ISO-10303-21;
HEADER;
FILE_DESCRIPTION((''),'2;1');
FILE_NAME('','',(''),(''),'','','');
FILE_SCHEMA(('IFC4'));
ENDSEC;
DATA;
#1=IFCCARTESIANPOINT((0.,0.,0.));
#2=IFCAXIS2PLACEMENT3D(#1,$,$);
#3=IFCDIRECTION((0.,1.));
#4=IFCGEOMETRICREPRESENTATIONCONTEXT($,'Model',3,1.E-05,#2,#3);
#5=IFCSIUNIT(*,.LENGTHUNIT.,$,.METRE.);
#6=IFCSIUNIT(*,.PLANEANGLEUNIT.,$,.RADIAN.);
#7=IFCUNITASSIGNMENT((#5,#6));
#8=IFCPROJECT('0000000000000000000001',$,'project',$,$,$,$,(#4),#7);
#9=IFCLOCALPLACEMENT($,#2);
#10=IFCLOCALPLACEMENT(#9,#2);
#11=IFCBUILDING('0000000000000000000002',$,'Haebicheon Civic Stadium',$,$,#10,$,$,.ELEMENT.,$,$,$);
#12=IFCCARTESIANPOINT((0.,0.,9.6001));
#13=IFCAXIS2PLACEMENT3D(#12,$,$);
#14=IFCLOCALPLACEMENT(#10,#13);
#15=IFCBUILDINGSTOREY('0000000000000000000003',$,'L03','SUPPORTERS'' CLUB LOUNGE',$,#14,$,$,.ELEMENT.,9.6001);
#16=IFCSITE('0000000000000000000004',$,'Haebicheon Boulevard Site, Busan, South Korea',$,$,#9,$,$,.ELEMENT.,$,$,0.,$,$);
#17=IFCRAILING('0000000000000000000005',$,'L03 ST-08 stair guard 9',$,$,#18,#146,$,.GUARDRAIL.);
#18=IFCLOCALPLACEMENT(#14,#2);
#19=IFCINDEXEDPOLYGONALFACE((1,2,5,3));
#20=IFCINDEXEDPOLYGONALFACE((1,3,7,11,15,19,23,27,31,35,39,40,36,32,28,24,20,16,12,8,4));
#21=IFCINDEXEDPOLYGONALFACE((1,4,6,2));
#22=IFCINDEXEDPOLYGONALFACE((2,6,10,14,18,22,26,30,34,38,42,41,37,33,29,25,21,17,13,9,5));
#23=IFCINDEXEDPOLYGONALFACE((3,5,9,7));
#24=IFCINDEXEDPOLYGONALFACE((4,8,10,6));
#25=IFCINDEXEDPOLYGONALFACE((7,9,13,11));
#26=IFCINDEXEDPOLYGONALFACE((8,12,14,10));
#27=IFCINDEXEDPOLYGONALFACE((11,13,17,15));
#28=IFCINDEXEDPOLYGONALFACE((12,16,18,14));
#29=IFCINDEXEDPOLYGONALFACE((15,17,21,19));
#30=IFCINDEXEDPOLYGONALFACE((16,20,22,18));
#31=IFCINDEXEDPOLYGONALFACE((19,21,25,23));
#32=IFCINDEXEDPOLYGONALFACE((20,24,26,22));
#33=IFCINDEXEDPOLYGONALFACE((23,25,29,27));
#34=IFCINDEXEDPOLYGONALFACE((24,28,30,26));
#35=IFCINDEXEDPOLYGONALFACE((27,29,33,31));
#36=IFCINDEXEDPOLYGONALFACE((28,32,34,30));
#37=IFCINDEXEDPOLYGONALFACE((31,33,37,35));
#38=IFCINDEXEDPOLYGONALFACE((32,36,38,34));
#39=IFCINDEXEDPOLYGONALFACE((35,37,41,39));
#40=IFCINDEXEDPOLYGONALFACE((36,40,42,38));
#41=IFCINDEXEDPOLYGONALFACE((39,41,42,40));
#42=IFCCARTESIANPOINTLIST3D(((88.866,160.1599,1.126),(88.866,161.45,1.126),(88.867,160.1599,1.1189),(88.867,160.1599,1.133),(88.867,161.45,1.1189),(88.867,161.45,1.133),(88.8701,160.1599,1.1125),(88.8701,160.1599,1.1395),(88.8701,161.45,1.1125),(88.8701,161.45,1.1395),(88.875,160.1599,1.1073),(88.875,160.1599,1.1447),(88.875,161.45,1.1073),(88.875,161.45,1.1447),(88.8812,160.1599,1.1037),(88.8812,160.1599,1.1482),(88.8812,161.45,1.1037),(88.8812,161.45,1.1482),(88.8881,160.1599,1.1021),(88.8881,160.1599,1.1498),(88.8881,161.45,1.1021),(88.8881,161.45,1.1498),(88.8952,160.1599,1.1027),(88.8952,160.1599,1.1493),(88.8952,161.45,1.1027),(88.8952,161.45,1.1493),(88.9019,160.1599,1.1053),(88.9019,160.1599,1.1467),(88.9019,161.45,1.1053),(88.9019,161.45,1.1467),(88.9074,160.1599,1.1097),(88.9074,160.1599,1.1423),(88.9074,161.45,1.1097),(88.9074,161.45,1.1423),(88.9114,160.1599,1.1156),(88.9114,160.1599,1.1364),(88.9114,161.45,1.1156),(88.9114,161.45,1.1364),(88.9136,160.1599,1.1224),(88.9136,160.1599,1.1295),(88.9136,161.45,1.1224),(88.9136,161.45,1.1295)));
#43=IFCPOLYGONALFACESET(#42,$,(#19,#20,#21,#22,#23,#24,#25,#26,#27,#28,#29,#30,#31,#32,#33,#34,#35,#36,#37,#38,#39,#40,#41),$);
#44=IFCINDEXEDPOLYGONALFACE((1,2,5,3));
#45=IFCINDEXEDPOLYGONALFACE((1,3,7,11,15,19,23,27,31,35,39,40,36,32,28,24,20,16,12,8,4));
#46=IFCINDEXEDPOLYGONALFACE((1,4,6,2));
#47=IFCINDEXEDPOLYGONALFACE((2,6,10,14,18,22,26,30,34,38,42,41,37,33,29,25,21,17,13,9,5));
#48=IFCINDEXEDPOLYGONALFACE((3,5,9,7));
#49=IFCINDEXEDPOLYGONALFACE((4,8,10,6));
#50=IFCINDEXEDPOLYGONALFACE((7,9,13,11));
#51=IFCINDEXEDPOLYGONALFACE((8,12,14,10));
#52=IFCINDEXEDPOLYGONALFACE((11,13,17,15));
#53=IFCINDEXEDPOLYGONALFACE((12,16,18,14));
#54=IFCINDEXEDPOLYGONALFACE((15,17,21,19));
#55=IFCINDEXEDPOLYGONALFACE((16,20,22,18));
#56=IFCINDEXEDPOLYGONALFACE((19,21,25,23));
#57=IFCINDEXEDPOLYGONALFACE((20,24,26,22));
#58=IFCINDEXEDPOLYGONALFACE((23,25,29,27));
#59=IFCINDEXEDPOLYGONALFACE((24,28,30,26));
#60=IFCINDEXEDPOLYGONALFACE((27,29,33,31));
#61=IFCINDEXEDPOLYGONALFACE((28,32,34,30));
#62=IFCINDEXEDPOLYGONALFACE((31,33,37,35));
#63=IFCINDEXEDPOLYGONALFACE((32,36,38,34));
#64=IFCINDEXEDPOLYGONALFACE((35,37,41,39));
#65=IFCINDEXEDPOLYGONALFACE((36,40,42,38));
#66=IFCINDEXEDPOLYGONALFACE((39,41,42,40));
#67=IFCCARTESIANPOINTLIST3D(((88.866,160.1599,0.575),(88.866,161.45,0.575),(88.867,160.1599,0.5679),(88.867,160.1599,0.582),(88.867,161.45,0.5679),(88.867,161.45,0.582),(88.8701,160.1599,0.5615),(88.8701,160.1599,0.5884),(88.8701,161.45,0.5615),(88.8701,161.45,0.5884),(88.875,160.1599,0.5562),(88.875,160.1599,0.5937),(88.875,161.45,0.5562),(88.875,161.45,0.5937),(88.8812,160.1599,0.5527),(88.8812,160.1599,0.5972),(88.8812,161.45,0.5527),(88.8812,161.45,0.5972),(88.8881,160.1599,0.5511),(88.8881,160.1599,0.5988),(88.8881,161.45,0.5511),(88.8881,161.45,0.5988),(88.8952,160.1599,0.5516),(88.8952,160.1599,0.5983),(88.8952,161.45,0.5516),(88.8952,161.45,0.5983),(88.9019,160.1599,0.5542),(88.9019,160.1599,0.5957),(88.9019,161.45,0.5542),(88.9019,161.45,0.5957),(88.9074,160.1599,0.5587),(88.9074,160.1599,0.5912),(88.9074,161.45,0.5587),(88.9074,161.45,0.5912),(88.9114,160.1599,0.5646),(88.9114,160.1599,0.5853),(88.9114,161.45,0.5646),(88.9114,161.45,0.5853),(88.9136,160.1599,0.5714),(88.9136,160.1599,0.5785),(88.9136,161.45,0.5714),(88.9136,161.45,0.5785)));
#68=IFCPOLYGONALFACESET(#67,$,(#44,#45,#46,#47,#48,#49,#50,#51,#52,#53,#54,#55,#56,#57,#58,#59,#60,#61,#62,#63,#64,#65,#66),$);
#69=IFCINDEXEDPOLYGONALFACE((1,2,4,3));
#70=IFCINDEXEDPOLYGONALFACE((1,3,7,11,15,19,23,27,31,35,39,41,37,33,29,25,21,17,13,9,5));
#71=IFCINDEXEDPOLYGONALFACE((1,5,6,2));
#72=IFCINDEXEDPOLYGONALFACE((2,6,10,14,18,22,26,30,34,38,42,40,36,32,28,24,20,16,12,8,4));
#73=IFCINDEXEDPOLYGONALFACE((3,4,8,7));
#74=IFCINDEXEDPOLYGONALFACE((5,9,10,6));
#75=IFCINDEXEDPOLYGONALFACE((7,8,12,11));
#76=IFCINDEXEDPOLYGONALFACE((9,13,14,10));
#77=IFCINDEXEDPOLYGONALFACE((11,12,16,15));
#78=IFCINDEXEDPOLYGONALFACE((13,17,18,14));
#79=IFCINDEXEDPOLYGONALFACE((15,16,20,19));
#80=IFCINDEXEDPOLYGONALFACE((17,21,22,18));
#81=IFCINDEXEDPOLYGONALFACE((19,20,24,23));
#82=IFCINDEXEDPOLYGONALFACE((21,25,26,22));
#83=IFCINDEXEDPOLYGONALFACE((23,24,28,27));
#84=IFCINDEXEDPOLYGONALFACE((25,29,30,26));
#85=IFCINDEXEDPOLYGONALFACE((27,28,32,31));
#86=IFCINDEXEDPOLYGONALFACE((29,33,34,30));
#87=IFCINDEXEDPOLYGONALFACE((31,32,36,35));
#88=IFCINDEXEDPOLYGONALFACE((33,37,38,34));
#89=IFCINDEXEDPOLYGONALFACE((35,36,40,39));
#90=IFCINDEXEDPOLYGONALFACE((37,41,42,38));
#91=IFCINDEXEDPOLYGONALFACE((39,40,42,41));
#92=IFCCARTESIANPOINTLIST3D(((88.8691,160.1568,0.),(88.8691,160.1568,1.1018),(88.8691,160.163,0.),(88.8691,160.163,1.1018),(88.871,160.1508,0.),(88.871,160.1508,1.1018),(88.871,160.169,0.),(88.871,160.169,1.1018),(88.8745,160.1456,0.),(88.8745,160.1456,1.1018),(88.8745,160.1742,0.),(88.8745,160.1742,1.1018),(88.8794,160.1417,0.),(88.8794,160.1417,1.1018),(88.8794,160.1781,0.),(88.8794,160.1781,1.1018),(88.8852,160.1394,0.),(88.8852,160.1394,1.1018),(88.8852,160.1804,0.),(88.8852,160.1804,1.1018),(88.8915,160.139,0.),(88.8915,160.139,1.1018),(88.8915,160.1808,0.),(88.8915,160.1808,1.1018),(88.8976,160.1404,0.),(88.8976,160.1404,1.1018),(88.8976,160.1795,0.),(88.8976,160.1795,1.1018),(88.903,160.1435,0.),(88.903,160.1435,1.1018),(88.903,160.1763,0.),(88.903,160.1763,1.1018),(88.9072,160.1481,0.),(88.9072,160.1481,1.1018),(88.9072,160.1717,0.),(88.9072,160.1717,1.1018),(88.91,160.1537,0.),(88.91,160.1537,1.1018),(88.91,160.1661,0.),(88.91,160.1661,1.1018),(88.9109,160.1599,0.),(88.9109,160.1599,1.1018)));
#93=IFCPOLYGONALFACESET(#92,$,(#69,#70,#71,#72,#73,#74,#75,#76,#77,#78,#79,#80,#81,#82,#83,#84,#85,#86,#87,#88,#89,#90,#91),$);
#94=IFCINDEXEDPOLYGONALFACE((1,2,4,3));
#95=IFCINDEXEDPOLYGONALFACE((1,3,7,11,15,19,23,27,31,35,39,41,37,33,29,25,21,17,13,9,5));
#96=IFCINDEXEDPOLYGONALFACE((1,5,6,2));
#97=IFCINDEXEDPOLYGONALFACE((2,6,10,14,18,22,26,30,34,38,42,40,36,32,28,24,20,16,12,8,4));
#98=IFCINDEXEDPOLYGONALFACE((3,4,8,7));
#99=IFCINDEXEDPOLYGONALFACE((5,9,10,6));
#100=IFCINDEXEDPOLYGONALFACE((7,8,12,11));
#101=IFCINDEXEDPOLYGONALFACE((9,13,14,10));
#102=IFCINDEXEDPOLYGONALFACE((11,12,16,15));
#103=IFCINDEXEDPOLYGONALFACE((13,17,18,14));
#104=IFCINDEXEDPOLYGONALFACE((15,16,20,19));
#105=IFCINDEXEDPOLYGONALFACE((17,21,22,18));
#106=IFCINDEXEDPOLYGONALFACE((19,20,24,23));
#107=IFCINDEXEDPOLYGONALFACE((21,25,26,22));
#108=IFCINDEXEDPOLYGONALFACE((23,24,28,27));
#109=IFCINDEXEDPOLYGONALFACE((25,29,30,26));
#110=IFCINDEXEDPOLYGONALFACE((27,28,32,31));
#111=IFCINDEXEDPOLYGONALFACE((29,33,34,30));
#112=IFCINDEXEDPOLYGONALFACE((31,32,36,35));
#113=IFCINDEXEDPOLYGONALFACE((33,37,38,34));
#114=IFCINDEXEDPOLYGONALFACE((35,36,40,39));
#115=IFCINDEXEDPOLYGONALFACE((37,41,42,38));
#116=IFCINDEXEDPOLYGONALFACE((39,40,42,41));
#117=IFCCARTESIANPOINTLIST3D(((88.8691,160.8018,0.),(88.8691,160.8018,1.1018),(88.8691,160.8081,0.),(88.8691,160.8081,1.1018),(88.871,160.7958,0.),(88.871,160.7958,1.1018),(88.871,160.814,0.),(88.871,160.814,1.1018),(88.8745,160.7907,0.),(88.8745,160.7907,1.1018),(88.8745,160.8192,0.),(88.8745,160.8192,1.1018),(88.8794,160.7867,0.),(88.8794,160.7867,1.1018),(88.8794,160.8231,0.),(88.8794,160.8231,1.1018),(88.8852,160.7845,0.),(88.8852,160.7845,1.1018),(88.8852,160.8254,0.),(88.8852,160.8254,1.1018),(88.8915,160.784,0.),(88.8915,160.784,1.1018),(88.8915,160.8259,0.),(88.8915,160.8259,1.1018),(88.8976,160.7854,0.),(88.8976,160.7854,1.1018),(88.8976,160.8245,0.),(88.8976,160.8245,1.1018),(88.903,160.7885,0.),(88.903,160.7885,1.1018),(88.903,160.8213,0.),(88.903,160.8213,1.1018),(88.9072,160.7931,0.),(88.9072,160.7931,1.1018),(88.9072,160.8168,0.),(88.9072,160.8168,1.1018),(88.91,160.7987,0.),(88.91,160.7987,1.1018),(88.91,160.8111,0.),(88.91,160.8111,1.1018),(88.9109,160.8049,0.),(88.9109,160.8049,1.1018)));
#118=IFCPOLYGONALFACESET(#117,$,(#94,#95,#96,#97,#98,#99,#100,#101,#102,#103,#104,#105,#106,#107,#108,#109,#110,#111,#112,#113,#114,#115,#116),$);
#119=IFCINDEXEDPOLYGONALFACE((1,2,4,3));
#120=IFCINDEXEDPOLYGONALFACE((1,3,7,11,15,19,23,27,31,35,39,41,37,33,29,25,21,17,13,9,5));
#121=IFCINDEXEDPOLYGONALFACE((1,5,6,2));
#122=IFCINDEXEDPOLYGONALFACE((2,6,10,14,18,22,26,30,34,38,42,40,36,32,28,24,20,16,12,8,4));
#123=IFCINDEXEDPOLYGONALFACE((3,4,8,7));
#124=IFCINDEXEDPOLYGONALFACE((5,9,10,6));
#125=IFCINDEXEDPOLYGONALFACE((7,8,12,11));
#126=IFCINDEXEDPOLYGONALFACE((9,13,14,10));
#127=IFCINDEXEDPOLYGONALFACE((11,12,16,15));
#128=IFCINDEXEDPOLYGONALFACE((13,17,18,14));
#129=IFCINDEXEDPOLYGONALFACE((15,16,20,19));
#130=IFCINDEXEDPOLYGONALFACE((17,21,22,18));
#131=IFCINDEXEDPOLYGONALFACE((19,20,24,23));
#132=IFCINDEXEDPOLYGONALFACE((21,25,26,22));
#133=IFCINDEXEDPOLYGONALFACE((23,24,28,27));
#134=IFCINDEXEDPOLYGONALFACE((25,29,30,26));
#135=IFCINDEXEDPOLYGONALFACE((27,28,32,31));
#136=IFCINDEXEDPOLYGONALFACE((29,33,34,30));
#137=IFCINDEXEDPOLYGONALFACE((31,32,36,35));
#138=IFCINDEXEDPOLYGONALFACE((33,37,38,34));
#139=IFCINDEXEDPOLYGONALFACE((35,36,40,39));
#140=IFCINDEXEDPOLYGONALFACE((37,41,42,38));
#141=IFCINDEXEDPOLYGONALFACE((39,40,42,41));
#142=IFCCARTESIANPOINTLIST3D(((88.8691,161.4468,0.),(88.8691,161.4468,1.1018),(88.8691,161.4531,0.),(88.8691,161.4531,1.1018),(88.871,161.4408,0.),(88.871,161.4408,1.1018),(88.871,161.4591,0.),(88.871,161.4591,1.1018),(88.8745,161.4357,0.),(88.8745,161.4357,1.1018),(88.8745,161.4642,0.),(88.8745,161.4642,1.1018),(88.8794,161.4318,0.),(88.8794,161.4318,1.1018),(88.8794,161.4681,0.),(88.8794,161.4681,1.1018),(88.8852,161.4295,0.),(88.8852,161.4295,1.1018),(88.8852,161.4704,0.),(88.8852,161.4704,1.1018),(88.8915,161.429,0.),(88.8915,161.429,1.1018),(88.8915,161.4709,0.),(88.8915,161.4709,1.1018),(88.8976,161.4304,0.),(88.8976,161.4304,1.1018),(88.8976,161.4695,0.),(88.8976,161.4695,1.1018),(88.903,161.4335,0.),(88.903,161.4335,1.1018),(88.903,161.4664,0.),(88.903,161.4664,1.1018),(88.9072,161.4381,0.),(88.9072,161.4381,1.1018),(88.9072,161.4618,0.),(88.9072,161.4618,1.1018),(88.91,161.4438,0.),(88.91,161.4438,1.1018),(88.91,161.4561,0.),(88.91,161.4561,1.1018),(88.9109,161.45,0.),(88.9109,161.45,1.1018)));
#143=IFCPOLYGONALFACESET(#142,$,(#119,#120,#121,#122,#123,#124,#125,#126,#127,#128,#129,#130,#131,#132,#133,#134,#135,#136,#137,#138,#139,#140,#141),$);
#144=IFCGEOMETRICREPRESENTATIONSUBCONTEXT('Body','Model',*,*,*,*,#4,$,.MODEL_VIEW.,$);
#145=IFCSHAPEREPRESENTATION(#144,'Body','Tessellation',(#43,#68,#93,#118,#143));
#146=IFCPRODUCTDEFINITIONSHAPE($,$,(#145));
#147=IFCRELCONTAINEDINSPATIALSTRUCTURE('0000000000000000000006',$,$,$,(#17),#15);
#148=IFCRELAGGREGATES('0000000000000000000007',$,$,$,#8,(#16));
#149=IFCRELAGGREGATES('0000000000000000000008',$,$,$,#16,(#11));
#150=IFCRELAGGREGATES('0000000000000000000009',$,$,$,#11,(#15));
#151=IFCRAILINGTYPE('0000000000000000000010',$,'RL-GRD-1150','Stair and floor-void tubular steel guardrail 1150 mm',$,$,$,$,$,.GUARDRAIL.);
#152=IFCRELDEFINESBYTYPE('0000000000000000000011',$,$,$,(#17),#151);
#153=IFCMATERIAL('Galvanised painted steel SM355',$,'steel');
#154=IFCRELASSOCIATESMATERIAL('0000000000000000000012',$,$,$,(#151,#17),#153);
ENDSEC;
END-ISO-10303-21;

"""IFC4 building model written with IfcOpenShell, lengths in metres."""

from ifc_helpers import new_model, si_unit, direction, frame, origin, origin_2d, place, context, subcontext, project, spatial, circle, extrude, material, type_object, element, save


model = new_model("IFC4")

# Units and contexts
model_context = context("Model", 3, precision=1e-05, world=origin(), true_north=direction((0.0, 1.0)))
body_context = subcontext(model_context, "Body", "Model", "MODEL_VIEW")
ifc_project = project(units=[si_unit("LENGTHUNIT", "METRE"), si_unit("PLANEANGLEUNIT", "RADIAN")], contexts=[model_context])

# Site, building, storey
site_placement = place(None, origin())
site = spatial("IfcSite", under=ifc_project, at=site_placement, Name="Haebicheon Boulevard Site, Busan, South Korea", CompositionType="ELEMENT", RefElevation=0.0)
building_placement = place(site_placement, origin())
building = spatial("IfcBuilding", under=site, at=building_placement, Name="Haebicheon Civic Stadium", CompositionType="ELEMENT")
storey_placement = place(building_placement, frame((0.0, 0.0, 9.6001)))
storey = spatial("IfcBuildingStorey", under=building, at=storey_placement, Name="L03", Description="SUPPORTERS' CLUB LOUNGE", CompositionType="ELEMENT", Elevation=9.6001)

# Railing
ifc_material_1 = material(Name="Galvanised painted steel SM355", Category="steel")
railing_type_1 = type_object("IfcRailingType", Name="RL-GRD-1150", Description="Stair and floor-void tubular steel guardrail 1150 mm", PredefinedType="GUARDRAIL", material=ifc_material_1)
for number, where, name in (
    (1, (88.8899, 160.1599, 0.0), "L03 ST-08 stair guard 9"),
):
    element("IfcRailing", number, at=place(storey_placement, frame(where)), inside=storey, type_object=railing_type_1, material=ifc_material_1, Name=name, PredefinedType="GUARDRAIL", context=body_context, shape_type="SweptSolid", body=[
        extrude(circle(Radius=0.0239, at=origin_2d()), frame((0.0, 0.0, 1.126), z_axis=(0.0, 1.0, 0.0), x_axis=(-1.0, 0.0, 0.0)), (0.0, 0.0, 1.0), 1.29),
        extrude(circle(Radius=0.0239, at=origin_2d()), frame((0.0, 0.0, 0.575), z_axis=(0.0, 1.0, 0.0), x_axis=(-1.0, 0.0, 0.0)), (0.0, 0.0, 1.0), 1.29),
        extrude(circle(Radius=0.021, at=origin_2d()), origin(), (0.0, 0.0, 1.0), 1.1018),
        extrude(circle(Radius=0.021, at=origin_2d()), frame((0.0, 0.645, 0.0)), (0.0, 0.0, 1.0), 1.1018),
        extrude(circle(Radius=0.021, at=origin_2d()), frame((0.0, 1.29, 0.0)), (0.0, 0.0, 1.0), 1.1018),
    ])

save(model, "model.ifc")
